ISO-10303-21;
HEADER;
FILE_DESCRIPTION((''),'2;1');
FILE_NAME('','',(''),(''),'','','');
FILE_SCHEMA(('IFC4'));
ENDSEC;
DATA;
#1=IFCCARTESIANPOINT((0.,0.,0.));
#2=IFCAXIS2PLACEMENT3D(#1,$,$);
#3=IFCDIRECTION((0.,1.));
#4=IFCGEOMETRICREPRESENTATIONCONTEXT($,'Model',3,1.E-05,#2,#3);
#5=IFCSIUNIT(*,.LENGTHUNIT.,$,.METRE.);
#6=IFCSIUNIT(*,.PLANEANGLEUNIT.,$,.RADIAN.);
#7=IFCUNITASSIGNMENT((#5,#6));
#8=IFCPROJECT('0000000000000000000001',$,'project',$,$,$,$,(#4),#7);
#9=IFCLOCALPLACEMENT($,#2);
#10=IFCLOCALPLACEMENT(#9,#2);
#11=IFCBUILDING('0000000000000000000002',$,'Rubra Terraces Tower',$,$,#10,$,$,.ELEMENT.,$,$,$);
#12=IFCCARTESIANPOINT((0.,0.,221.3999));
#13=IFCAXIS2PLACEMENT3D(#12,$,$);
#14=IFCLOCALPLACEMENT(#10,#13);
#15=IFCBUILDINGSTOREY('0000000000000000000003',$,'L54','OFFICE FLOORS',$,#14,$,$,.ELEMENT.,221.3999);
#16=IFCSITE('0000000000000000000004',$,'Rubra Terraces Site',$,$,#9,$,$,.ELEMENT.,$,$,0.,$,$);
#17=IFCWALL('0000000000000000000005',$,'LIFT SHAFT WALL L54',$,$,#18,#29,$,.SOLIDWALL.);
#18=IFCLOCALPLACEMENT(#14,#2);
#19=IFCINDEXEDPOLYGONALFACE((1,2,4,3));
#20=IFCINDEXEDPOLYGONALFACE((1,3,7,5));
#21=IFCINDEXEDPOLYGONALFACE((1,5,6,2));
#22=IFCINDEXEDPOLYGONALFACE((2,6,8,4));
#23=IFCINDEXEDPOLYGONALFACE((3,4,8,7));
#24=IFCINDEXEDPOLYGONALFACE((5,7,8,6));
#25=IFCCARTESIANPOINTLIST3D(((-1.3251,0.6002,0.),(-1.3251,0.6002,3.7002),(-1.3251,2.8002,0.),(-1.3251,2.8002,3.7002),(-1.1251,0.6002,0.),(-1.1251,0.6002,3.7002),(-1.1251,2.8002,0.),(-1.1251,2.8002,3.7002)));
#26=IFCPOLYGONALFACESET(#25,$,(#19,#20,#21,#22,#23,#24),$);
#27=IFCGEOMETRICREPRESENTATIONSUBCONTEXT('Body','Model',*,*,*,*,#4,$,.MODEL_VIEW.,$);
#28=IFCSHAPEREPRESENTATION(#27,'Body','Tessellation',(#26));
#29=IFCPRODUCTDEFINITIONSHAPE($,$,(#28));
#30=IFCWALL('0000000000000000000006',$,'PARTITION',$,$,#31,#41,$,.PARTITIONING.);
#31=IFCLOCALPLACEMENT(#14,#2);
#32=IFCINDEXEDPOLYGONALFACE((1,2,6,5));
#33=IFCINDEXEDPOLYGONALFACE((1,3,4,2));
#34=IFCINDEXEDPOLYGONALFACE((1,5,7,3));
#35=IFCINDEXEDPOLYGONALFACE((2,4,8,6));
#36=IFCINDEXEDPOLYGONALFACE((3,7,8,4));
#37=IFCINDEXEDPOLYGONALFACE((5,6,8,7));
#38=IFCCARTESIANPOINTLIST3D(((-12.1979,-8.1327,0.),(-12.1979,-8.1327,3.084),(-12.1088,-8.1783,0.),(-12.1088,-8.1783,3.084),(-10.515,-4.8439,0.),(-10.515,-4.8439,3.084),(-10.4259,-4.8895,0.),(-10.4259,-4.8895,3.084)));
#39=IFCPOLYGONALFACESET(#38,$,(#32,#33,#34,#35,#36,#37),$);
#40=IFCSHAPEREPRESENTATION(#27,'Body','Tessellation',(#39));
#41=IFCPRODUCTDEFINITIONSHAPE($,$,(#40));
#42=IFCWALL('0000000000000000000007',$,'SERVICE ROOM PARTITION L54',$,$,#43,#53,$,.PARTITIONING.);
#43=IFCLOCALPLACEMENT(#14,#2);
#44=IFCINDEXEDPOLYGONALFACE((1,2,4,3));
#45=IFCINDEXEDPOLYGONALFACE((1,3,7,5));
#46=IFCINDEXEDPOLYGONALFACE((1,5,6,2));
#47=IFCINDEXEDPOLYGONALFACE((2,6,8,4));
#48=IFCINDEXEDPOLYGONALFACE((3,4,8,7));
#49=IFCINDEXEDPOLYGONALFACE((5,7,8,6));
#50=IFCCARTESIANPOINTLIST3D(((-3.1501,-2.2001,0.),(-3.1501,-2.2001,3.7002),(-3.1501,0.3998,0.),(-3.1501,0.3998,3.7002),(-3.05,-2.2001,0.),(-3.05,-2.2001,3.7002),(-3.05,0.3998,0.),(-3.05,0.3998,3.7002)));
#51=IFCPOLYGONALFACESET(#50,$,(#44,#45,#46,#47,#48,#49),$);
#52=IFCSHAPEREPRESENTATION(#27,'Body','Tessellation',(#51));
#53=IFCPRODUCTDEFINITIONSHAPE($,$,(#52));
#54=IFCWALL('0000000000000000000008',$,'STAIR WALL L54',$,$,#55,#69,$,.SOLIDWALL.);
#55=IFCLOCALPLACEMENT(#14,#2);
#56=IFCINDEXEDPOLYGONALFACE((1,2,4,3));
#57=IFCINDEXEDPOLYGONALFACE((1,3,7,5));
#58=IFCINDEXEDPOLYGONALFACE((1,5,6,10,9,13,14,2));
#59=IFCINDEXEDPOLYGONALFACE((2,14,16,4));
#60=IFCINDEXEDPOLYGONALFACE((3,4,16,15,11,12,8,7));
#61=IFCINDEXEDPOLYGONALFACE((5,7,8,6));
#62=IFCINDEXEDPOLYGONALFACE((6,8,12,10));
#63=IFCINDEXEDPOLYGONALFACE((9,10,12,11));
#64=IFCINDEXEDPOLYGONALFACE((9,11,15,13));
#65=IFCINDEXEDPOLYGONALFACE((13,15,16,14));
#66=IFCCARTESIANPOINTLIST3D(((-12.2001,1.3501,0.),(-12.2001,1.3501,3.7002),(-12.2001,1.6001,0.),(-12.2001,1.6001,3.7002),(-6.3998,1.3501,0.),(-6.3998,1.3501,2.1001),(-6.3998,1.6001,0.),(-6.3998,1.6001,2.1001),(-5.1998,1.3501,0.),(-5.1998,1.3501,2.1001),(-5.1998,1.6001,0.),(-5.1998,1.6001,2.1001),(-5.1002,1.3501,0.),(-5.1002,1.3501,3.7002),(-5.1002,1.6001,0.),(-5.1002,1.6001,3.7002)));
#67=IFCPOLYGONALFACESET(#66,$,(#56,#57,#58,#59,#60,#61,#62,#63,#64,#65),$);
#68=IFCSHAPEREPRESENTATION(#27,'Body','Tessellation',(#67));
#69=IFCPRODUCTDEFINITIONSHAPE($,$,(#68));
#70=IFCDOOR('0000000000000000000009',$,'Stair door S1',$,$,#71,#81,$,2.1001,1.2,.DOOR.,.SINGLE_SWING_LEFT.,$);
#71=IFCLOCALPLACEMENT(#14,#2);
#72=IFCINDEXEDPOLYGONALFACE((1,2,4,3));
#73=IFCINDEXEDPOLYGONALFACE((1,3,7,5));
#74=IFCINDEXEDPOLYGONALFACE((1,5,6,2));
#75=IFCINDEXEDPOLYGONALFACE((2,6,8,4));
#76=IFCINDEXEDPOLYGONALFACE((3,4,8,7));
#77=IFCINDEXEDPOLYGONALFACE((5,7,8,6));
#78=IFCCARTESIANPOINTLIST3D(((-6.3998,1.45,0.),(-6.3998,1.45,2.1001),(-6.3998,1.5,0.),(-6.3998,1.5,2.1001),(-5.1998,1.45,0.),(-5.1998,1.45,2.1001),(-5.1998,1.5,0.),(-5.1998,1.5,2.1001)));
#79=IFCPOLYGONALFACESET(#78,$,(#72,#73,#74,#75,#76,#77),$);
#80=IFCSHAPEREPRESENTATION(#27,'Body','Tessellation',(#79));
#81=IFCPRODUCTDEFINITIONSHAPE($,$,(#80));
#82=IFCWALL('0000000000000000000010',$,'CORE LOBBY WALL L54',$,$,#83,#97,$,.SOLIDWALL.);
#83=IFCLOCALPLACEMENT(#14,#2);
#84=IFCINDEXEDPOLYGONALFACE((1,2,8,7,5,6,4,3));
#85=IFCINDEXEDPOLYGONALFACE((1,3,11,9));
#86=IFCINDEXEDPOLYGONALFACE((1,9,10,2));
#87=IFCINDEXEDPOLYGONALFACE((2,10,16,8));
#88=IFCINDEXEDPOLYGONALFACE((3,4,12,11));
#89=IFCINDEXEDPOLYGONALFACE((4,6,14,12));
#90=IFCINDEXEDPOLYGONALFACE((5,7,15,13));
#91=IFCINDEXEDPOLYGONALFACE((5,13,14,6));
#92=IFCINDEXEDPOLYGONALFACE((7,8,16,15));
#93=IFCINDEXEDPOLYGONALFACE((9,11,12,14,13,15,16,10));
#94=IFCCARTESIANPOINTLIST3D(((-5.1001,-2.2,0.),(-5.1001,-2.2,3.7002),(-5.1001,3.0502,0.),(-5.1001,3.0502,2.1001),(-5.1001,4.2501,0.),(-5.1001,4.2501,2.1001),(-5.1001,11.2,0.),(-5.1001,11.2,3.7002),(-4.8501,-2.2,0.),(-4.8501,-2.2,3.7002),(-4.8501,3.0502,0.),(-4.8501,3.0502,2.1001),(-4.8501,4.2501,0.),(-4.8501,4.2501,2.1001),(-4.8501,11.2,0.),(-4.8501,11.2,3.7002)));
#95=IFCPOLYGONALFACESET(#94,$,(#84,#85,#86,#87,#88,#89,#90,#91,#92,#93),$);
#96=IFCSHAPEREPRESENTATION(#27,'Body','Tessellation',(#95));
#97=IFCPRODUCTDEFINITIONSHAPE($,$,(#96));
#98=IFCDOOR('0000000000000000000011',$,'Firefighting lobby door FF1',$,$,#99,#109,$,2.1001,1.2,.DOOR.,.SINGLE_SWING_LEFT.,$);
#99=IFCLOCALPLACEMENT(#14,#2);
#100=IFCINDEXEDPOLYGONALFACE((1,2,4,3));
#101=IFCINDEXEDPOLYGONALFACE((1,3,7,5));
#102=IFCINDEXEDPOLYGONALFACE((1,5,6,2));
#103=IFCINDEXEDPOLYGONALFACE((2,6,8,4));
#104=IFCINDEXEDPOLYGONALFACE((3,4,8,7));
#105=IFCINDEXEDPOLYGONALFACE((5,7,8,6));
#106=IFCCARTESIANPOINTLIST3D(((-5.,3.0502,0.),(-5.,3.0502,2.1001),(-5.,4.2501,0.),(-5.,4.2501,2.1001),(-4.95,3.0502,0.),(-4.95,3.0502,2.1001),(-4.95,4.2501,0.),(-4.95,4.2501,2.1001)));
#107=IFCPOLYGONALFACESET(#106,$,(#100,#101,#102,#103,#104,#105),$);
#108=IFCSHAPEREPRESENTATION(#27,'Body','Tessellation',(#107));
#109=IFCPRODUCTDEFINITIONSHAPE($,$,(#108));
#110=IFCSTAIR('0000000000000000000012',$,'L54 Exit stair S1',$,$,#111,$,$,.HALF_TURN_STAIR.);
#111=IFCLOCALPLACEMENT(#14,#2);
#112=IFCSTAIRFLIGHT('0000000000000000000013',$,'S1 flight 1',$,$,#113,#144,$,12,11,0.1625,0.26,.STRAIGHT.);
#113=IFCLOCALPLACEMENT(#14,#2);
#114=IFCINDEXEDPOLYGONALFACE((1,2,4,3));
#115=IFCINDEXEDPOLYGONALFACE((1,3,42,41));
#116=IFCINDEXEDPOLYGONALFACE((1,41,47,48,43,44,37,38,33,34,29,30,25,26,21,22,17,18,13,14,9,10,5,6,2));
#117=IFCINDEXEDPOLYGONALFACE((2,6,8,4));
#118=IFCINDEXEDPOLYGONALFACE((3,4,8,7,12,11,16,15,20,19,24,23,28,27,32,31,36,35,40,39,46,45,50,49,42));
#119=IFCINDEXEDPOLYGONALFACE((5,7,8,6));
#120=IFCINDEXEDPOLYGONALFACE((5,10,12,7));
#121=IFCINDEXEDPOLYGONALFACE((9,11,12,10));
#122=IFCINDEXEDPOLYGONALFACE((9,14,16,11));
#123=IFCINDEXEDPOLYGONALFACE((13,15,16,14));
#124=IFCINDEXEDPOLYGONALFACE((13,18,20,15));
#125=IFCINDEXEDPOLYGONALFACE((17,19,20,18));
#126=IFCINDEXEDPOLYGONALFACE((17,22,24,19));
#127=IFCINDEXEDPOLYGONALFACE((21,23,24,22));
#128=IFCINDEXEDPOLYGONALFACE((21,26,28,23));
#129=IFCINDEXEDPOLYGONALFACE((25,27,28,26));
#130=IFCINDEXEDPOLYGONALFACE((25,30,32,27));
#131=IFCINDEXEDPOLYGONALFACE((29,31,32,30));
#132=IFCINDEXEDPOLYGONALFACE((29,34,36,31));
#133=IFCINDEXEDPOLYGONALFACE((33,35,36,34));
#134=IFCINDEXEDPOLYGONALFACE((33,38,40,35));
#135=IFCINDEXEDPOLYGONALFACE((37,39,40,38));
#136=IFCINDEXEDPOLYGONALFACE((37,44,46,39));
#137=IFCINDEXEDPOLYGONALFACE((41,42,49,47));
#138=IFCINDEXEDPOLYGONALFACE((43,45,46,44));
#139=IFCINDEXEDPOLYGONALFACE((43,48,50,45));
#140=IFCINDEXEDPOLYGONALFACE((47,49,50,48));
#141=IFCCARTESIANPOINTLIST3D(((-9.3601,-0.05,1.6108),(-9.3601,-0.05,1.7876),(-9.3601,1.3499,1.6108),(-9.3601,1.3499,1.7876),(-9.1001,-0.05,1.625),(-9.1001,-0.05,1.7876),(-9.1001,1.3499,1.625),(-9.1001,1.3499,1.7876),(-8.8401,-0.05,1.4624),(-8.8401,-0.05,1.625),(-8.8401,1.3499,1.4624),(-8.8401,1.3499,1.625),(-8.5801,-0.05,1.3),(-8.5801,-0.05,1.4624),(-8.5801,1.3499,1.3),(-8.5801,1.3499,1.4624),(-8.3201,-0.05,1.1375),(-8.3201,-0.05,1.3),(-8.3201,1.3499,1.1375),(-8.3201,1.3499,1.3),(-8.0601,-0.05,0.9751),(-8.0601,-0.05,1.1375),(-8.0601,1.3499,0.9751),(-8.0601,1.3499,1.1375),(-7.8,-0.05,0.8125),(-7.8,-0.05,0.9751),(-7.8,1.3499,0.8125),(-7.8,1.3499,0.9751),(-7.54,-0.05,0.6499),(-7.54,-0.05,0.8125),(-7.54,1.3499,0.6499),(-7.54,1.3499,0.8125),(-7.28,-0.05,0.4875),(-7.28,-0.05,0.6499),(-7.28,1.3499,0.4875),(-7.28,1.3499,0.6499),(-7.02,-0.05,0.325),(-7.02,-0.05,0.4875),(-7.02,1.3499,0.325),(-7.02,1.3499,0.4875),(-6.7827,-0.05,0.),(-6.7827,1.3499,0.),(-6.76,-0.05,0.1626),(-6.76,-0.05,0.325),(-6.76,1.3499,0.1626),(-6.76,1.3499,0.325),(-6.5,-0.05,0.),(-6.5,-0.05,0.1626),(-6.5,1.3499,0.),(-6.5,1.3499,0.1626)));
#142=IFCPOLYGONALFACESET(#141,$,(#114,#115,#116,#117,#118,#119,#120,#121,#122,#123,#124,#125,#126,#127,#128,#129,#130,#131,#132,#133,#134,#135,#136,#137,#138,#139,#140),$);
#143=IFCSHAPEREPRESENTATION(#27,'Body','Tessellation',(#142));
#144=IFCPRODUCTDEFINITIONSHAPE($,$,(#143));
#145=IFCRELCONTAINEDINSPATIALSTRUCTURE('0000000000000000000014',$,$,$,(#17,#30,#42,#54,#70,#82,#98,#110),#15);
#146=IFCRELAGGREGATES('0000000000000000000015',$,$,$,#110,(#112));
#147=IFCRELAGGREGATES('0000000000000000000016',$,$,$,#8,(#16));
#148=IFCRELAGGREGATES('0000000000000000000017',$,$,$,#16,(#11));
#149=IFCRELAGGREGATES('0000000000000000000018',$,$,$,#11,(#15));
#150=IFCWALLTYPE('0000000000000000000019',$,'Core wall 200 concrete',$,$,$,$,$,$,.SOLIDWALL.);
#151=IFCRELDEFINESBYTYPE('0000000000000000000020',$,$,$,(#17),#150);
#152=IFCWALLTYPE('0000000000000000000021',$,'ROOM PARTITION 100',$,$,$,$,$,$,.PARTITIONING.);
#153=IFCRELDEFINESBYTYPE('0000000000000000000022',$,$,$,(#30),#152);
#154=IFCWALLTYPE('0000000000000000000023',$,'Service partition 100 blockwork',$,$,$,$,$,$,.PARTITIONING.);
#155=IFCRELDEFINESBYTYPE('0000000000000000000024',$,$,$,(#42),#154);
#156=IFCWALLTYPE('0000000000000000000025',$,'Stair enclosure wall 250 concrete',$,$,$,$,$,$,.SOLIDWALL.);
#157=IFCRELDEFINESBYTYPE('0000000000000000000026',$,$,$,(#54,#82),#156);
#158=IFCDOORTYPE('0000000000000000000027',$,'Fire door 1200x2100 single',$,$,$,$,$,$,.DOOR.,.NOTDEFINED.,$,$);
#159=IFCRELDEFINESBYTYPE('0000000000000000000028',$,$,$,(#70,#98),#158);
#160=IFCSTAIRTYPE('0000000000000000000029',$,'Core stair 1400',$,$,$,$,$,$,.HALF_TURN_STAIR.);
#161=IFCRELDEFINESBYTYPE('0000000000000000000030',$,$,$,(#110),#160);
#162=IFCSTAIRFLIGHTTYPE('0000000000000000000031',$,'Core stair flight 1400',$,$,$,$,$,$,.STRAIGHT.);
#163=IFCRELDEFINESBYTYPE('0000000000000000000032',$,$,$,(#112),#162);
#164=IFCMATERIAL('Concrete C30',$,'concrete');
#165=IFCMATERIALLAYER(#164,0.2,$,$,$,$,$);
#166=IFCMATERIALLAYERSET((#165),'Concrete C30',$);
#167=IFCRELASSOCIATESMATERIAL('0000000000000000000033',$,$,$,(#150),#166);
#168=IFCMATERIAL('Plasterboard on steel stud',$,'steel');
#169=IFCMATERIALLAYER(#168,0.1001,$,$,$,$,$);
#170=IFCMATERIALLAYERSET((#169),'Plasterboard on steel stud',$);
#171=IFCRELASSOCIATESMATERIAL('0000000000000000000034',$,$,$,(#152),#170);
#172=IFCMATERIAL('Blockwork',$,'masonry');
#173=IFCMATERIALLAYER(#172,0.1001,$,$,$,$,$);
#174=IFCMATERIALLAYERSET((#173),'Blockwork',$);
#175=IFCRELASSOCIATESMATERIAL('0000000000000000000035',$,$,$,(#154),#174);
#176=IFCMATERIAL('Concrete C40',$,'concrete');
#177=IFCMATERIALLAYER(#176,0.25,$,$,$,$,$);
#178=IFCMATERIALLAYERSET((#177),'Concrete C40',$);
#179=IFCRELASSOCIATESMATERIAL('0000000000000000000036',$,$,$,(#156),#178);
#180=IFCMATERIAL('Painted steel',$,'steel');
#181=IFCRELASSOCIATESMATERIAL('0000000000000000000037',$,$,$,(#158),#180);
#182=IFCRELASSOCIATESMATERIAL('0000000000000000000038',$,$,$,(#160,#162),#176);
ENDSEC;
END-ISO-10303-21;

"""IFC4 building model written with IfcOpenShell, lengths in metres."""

from ifc_helpers import new_model, si_unit, direction, frame, frame_2d, origin, place, context, subcontext, project, spatial, polyline, rectangle, outline, extrude, material, layer, layer_set, type_object, element, fill, aggregate, save


model = new_model("IFC4")

# Units and contexts
model_context = context("Model", 3, precision=1e-05, world=origin(), true_north=direction((0.0, 1.0)))
body_context = subcontext(model_context, "Body", "Model", "MODEL_VIEW")
ifc_project = project(units=[si_unit("LENGTHUNIT", "METRE"), si_unit("PLANEANGLEUNIT", "RADIAN")], contexts=[model_context])

# Site, building, storey
site_placement = place(None, origin())
site = spatial("IfcSite", under=ifc_project, at=site_placement, Name="Rubra Terraces Site", CompositionType="ELEMENT", RefElevation=0.0)
building_placement = place(site_placement, origin())
building = spatial("IfcBuilding", under=site, at=building_placement, Name="Rubra Terraces Tower", CompositionType="ELEMENT")
storey_placement = place(building_placement, frame((0.0, 0.0, 221.3999)))
storey = spatial("IfcBuildingStorey", under=building, at=storey_placement, Name="L54", Description="OFFICE FLOORS", CompositionType="ELEMENT", Elevation=221.3999)

# Shared definitions
ifc_material_1 = material(Name="Concrete C40", Category="concrete")

# Shared definitions
ifc_material_2 = material(Name="Painted steel", Category="steel")

# Walls
ifc_material_3 = material(Name="Concrete C30", Category="concrete")
ifc_layer_1 = layer(ifc_material_3, 0.2)
ifc_layer_set_1 = layer_set([ifc_layer_1], Name="Concrete C30")
wall_type_1 = type_object("IfcWallType", Name="Core wall 200 concrete", PredefinedType="SOLIDWALL", material=ifc_layer_set_1)
for number, where, z_axis, x_axis, name in (
    (1, (-1.2251, 0.6001, 0.0), (0.0, 0.0, 1.0), (0.0, 1.0, 0.0), "LIFT SHAFT WALL L54"),
):
    element("IfcWall", number, at=place(storey_placement, frame(where, z_axis=z_axis, x_axis=x_axis)), inside=storey, type_object=wall_type_1, Name=name, PredefinedType="SOLIDWALL", context=body_context, shape_type="SweptSolid", body=[
        extrude(rectangle(XDim=2.2, YDim=0.2, at=frame_2d((1.1001, 0.0))), origin(), (0.0, 0.0, 1.0), 3.7002),
    ])
ifc_material_4 = material(Name="Plasterboard on steel stud", Category="steel")
ifc_layer_2 = layer(ifc_material_4, 0.1001)
ifc_layer_set_2 = layer_set([ifc_layer_2], Name="Plasterboard on steel stud")
wall_type_2 = type_object("IfcWallType", Name="ROOM PARTITION 100", PredefinedType="PARTITIONING", material=ifc_layer_set_2)
wall_1_placement = place(storey_placement, frame((-10.4705, -4.8667, 0.0), z_axis=(0.0, 0.0, 1.0), x_axis=(-0.455521, -0.890225, 0.0)))
element("IfcWall", 2, at=wall_1_placement, inside=storey, type_object=wall_type_2, Name="PARTITION", PredefinedType="PARTITIONING", context=body_context, shape_type="SweptSolid", body=[
    extrude(rectangle(XDim=3.6943, YDim=0.1001, at=frame_2d((1.8472, 0.0))), origin(), (0.0, 0.0, 1.0), 3.084),
])
ifc_material_5 = material(Name="Blockwork", Category="masonry")
ifc_layer_3 = layer(ifc_material_5, 0.1001)
ifc_layer_set_3 = layer_set([ifc_layer_3], Name="Blockwork")
wall_type_3 = type_object("IfcWallType", Name="Service partition 100 blockwork", PredefinedType="PARTITIONING", material=ifc_layer_set_3)
wall_2_placement = place(storey_placement, frame((-3.1001, -2.2, 0.0), z_axis=(0.0, 0.0, 1.0), x_axis=(0.0, 1.0, 0.0)))
element("IfcWall", 3, at=wall_2_placement, inside=storey, type_object=wall_type_3, Name="SERVICE ROOM PARTITION L54", PredefinedType="PARTITIONING", context=body_context, shape_type="SweptSolid", body=[
    extrude(rectangle(XDim=2.5999, YDim=0.1001, at=frame_2d((1.2998, 0.0))), origin(), (0.0, 0.0, 1.0), 3.7002),
])

# Walls, openings, doors
ifc_layer_4 = layer(ifc_material_1, 0.25)
ifc_layer_set_4 = layer_set([ifc_layer_4], Name="Concrete C40")
wall_type_4 = type_object("IfcWallType", Name="Stair enclosure wall 250 concrete", PredefinedType="SOLIDWALL", material=ifc_layer_set_4)
wall_3_placement = place(storey_placement, frame((-12.2, 1.4751, 0.0), z_axis=(0.0, 0.0, 1.0), x_axis=(1.0, 0.0, 0.0)))
wall_3 = element("IfcWall", 4, at=wall_3_placement, inside=storey, type_object=wall_type_4, Name="STAIR WALL L54", PredefinedType="SOLIDWALL", context=body_context, shape_type="SweptSolid", body=[
    extrude(rectangle(XDim=7.0999, YDim=0.25, at=frame_2d((3.5498, 0.0))), origin(), (0.0, 0.0, 1.0), 3.7002),
])
opening_1_placement = place(wall_3_placement, frame((5.8, 0.0, 0.0)))
opening_1 = element("IfcOpeningElement", 5, at=opening_1_placement, cuts=wall_3, PredefinedType="OPENING", context=body_context, shape_type="SweptSolid", body=[
    extrude(rectangle(XDim=1.2, YDim=2.1001, at=frame_2d((0.6001, 1.05))), frame((0.0, 0.135, 0.0), z_axis=(0.0, -1.0, 0.0), x_axis=(1.0, 0.0, 0.0)), (0.0, 0.0, 1.0), 0.27),
])
door_type_1 = type_object("IfcDoorType", Name="Fire door 1200x2100 single", OperationType="NOTDEFINED", PredefinedType="DOOR", material=ifc_material_2)
door_1_placement = place(opening_1_placement, origin())
door_1 = element("IfcDoor", 6, at=door_1_placement, inside=storey, type_object=door_type_1, Name="Stair door S1", OperationType="SINGLE_SWING_LEFT", OverallHeight=2.1001, OverallWidth=1.2, PredefinedType="DOOR", context=body_context, shape_type="SweptSolid", body=[
    extrude(rectangle(XDim=1.2, YDim=2.1001, at=frame_2d((0.6001, 1.05))), frame((0.0, 0.0249, 0.0), z_axis=(0.0, -1.0, 0.0), x_axis=(1.0, 0.0, 0.0)), (0.0, 0.0, 1.0), 0.05),
])
fill(opening_1, door_1)
wall_4_placement = place(storey_placement, frame((-4.9751, -2.2, 0.0), z_axis=(0.0, 0.0, 1.0), x_axis=(0.0, 1.0, 0.0)))
wall_4 = element("IfcWall", 7, at=wall_4_placement, inside=storey, type_object=wall_type_4, Name="CORE LOBBY WALL L54", PredefinedType="SOLIDWALL", context=body_context, shape_type="SweptSolid", body=[
    extrude(rectangle(XDim=13.3999, YDim=0.25, at=frame_2d((6.7, 0.0))), origin(), (0.0, 0.0, 1.0), 3.7002),
])
opening_2_placement = place(wall_4_placement, frame((5.25, 0.0, 0.0)))
opening_2 = element("IfcOpeningElement", 8, at=opening_2_placement, cuts=wall_4, PredefinedType="OPENING", context=body_context, shape_type="SweptSolid", body=[
    extrude(rectangle(XDim=1.2, YDim=2.1001, at=frame_2d((0.6001, 1.05))), frame((0.0, 0.135, 0.0), z_axis=(0.0, -1.0, 0.0), x_axis=(1.0, 0.0, 0.0)), (0.0, 0.0, 1.0), 0.27),
])
door_2_placement = place(opening_2_placement, origin())
door_2 = element("IfcDoor", 9, at=door_2_placement, inside=storey, type_object=door_type_1, Name="Firefighting lobby door FF1", OperationType="SINGLE_SWING_LEFT", OverallHeight=2.1001, OverallWidth=1.2, PredefinedType="DOOR", context=body_context, shape_type="SweptSolid", body=[
    extrude(rectangle(XDim=1.2, YDim=2.1001, at=frame_2d((0.6001, 1.05))), frame((0.0, 0.0249, 0.0), z_axis=(0.0, -1.0, 0.0), x_axis=(1.0, 0.0, 0.0)), (0.0, 0.0, 1.0), 0.05),
])
fill(opening_2, door_2)

# Stair, stair flight
stair_type = type_object("IfcStairType", Name="Core stair 1400", PredefinedType="HALF_TURN_STAIR", material=ifc_material_1)
stair_placement = place(storey_placement, origin())
stair = element("IfcStair", 10, at=stair_placement, inside=storey, type_object=stair_type, Name="L54 Exit stair S1", PredefinedType="HALF_TURN_STAIR")
stair_flight_type = type_object("IfcStairFlightType", Name="Core stair flight 1400", PredefinedType="STRAIGHT", material=ifc_material_1)
stair_flight_1_placement = place(storey_placement, frame((-6.5, 0.6499, 0.0), z_axis=(0.0, 0.0, 1.0), x_axis=(-1.0, 0.0, 0.0)))
stair_flight_1 = element("IfcStairFlight", 11, at=stair_flight_1_placement, type_object=stair_flight_type, Name="S1 flight 1", NumberOfRisers=12, NumberOfTreads=11, PredefinedType="STRAIGHT", RiserHeight=0.1625, TreadLength=0.26, context=body_context, shape_type="SweptSolid", body=[
    extrude(outline(polyline([(0.0, 0.0), (0.0, 0.1626), (0.26, 0.1626), (0.26, 0.325), (0.52, 0.325), (0.52, 0.4875), (0.78, 0.4875), (0.78, 0.6499), (1.04, 0.6499), (1.04, 0.8125), (1.3, 0.8125), (1.3, 0.9751), (1.5601, 0.9751), (1.5601, 1.1375), (1.8201, 1.1375), (1.8201, 1.3), (2.0801, 1.3), (2.0801, 1.4624), (2.3401, 1.4624), (2.3401, 1.625), (2.6001, 1.625), (2.6001, 1.7876), (2.8601, 1.7876), (2.8601, 1.95), (2.8601, 1.6108), (0.2827, 0.0), (0.0, 0.0)])), frame((0.0, 0.7, 0.0), z_axis=(0.0, -1.0, 0.0), x_axis=(1.0, 0.0, 0.0)), (0.0, 0.0, 1.0), 1.3999),
])
aggregate(stair, [stair_flight_1])

save(model, "model.ifc")
